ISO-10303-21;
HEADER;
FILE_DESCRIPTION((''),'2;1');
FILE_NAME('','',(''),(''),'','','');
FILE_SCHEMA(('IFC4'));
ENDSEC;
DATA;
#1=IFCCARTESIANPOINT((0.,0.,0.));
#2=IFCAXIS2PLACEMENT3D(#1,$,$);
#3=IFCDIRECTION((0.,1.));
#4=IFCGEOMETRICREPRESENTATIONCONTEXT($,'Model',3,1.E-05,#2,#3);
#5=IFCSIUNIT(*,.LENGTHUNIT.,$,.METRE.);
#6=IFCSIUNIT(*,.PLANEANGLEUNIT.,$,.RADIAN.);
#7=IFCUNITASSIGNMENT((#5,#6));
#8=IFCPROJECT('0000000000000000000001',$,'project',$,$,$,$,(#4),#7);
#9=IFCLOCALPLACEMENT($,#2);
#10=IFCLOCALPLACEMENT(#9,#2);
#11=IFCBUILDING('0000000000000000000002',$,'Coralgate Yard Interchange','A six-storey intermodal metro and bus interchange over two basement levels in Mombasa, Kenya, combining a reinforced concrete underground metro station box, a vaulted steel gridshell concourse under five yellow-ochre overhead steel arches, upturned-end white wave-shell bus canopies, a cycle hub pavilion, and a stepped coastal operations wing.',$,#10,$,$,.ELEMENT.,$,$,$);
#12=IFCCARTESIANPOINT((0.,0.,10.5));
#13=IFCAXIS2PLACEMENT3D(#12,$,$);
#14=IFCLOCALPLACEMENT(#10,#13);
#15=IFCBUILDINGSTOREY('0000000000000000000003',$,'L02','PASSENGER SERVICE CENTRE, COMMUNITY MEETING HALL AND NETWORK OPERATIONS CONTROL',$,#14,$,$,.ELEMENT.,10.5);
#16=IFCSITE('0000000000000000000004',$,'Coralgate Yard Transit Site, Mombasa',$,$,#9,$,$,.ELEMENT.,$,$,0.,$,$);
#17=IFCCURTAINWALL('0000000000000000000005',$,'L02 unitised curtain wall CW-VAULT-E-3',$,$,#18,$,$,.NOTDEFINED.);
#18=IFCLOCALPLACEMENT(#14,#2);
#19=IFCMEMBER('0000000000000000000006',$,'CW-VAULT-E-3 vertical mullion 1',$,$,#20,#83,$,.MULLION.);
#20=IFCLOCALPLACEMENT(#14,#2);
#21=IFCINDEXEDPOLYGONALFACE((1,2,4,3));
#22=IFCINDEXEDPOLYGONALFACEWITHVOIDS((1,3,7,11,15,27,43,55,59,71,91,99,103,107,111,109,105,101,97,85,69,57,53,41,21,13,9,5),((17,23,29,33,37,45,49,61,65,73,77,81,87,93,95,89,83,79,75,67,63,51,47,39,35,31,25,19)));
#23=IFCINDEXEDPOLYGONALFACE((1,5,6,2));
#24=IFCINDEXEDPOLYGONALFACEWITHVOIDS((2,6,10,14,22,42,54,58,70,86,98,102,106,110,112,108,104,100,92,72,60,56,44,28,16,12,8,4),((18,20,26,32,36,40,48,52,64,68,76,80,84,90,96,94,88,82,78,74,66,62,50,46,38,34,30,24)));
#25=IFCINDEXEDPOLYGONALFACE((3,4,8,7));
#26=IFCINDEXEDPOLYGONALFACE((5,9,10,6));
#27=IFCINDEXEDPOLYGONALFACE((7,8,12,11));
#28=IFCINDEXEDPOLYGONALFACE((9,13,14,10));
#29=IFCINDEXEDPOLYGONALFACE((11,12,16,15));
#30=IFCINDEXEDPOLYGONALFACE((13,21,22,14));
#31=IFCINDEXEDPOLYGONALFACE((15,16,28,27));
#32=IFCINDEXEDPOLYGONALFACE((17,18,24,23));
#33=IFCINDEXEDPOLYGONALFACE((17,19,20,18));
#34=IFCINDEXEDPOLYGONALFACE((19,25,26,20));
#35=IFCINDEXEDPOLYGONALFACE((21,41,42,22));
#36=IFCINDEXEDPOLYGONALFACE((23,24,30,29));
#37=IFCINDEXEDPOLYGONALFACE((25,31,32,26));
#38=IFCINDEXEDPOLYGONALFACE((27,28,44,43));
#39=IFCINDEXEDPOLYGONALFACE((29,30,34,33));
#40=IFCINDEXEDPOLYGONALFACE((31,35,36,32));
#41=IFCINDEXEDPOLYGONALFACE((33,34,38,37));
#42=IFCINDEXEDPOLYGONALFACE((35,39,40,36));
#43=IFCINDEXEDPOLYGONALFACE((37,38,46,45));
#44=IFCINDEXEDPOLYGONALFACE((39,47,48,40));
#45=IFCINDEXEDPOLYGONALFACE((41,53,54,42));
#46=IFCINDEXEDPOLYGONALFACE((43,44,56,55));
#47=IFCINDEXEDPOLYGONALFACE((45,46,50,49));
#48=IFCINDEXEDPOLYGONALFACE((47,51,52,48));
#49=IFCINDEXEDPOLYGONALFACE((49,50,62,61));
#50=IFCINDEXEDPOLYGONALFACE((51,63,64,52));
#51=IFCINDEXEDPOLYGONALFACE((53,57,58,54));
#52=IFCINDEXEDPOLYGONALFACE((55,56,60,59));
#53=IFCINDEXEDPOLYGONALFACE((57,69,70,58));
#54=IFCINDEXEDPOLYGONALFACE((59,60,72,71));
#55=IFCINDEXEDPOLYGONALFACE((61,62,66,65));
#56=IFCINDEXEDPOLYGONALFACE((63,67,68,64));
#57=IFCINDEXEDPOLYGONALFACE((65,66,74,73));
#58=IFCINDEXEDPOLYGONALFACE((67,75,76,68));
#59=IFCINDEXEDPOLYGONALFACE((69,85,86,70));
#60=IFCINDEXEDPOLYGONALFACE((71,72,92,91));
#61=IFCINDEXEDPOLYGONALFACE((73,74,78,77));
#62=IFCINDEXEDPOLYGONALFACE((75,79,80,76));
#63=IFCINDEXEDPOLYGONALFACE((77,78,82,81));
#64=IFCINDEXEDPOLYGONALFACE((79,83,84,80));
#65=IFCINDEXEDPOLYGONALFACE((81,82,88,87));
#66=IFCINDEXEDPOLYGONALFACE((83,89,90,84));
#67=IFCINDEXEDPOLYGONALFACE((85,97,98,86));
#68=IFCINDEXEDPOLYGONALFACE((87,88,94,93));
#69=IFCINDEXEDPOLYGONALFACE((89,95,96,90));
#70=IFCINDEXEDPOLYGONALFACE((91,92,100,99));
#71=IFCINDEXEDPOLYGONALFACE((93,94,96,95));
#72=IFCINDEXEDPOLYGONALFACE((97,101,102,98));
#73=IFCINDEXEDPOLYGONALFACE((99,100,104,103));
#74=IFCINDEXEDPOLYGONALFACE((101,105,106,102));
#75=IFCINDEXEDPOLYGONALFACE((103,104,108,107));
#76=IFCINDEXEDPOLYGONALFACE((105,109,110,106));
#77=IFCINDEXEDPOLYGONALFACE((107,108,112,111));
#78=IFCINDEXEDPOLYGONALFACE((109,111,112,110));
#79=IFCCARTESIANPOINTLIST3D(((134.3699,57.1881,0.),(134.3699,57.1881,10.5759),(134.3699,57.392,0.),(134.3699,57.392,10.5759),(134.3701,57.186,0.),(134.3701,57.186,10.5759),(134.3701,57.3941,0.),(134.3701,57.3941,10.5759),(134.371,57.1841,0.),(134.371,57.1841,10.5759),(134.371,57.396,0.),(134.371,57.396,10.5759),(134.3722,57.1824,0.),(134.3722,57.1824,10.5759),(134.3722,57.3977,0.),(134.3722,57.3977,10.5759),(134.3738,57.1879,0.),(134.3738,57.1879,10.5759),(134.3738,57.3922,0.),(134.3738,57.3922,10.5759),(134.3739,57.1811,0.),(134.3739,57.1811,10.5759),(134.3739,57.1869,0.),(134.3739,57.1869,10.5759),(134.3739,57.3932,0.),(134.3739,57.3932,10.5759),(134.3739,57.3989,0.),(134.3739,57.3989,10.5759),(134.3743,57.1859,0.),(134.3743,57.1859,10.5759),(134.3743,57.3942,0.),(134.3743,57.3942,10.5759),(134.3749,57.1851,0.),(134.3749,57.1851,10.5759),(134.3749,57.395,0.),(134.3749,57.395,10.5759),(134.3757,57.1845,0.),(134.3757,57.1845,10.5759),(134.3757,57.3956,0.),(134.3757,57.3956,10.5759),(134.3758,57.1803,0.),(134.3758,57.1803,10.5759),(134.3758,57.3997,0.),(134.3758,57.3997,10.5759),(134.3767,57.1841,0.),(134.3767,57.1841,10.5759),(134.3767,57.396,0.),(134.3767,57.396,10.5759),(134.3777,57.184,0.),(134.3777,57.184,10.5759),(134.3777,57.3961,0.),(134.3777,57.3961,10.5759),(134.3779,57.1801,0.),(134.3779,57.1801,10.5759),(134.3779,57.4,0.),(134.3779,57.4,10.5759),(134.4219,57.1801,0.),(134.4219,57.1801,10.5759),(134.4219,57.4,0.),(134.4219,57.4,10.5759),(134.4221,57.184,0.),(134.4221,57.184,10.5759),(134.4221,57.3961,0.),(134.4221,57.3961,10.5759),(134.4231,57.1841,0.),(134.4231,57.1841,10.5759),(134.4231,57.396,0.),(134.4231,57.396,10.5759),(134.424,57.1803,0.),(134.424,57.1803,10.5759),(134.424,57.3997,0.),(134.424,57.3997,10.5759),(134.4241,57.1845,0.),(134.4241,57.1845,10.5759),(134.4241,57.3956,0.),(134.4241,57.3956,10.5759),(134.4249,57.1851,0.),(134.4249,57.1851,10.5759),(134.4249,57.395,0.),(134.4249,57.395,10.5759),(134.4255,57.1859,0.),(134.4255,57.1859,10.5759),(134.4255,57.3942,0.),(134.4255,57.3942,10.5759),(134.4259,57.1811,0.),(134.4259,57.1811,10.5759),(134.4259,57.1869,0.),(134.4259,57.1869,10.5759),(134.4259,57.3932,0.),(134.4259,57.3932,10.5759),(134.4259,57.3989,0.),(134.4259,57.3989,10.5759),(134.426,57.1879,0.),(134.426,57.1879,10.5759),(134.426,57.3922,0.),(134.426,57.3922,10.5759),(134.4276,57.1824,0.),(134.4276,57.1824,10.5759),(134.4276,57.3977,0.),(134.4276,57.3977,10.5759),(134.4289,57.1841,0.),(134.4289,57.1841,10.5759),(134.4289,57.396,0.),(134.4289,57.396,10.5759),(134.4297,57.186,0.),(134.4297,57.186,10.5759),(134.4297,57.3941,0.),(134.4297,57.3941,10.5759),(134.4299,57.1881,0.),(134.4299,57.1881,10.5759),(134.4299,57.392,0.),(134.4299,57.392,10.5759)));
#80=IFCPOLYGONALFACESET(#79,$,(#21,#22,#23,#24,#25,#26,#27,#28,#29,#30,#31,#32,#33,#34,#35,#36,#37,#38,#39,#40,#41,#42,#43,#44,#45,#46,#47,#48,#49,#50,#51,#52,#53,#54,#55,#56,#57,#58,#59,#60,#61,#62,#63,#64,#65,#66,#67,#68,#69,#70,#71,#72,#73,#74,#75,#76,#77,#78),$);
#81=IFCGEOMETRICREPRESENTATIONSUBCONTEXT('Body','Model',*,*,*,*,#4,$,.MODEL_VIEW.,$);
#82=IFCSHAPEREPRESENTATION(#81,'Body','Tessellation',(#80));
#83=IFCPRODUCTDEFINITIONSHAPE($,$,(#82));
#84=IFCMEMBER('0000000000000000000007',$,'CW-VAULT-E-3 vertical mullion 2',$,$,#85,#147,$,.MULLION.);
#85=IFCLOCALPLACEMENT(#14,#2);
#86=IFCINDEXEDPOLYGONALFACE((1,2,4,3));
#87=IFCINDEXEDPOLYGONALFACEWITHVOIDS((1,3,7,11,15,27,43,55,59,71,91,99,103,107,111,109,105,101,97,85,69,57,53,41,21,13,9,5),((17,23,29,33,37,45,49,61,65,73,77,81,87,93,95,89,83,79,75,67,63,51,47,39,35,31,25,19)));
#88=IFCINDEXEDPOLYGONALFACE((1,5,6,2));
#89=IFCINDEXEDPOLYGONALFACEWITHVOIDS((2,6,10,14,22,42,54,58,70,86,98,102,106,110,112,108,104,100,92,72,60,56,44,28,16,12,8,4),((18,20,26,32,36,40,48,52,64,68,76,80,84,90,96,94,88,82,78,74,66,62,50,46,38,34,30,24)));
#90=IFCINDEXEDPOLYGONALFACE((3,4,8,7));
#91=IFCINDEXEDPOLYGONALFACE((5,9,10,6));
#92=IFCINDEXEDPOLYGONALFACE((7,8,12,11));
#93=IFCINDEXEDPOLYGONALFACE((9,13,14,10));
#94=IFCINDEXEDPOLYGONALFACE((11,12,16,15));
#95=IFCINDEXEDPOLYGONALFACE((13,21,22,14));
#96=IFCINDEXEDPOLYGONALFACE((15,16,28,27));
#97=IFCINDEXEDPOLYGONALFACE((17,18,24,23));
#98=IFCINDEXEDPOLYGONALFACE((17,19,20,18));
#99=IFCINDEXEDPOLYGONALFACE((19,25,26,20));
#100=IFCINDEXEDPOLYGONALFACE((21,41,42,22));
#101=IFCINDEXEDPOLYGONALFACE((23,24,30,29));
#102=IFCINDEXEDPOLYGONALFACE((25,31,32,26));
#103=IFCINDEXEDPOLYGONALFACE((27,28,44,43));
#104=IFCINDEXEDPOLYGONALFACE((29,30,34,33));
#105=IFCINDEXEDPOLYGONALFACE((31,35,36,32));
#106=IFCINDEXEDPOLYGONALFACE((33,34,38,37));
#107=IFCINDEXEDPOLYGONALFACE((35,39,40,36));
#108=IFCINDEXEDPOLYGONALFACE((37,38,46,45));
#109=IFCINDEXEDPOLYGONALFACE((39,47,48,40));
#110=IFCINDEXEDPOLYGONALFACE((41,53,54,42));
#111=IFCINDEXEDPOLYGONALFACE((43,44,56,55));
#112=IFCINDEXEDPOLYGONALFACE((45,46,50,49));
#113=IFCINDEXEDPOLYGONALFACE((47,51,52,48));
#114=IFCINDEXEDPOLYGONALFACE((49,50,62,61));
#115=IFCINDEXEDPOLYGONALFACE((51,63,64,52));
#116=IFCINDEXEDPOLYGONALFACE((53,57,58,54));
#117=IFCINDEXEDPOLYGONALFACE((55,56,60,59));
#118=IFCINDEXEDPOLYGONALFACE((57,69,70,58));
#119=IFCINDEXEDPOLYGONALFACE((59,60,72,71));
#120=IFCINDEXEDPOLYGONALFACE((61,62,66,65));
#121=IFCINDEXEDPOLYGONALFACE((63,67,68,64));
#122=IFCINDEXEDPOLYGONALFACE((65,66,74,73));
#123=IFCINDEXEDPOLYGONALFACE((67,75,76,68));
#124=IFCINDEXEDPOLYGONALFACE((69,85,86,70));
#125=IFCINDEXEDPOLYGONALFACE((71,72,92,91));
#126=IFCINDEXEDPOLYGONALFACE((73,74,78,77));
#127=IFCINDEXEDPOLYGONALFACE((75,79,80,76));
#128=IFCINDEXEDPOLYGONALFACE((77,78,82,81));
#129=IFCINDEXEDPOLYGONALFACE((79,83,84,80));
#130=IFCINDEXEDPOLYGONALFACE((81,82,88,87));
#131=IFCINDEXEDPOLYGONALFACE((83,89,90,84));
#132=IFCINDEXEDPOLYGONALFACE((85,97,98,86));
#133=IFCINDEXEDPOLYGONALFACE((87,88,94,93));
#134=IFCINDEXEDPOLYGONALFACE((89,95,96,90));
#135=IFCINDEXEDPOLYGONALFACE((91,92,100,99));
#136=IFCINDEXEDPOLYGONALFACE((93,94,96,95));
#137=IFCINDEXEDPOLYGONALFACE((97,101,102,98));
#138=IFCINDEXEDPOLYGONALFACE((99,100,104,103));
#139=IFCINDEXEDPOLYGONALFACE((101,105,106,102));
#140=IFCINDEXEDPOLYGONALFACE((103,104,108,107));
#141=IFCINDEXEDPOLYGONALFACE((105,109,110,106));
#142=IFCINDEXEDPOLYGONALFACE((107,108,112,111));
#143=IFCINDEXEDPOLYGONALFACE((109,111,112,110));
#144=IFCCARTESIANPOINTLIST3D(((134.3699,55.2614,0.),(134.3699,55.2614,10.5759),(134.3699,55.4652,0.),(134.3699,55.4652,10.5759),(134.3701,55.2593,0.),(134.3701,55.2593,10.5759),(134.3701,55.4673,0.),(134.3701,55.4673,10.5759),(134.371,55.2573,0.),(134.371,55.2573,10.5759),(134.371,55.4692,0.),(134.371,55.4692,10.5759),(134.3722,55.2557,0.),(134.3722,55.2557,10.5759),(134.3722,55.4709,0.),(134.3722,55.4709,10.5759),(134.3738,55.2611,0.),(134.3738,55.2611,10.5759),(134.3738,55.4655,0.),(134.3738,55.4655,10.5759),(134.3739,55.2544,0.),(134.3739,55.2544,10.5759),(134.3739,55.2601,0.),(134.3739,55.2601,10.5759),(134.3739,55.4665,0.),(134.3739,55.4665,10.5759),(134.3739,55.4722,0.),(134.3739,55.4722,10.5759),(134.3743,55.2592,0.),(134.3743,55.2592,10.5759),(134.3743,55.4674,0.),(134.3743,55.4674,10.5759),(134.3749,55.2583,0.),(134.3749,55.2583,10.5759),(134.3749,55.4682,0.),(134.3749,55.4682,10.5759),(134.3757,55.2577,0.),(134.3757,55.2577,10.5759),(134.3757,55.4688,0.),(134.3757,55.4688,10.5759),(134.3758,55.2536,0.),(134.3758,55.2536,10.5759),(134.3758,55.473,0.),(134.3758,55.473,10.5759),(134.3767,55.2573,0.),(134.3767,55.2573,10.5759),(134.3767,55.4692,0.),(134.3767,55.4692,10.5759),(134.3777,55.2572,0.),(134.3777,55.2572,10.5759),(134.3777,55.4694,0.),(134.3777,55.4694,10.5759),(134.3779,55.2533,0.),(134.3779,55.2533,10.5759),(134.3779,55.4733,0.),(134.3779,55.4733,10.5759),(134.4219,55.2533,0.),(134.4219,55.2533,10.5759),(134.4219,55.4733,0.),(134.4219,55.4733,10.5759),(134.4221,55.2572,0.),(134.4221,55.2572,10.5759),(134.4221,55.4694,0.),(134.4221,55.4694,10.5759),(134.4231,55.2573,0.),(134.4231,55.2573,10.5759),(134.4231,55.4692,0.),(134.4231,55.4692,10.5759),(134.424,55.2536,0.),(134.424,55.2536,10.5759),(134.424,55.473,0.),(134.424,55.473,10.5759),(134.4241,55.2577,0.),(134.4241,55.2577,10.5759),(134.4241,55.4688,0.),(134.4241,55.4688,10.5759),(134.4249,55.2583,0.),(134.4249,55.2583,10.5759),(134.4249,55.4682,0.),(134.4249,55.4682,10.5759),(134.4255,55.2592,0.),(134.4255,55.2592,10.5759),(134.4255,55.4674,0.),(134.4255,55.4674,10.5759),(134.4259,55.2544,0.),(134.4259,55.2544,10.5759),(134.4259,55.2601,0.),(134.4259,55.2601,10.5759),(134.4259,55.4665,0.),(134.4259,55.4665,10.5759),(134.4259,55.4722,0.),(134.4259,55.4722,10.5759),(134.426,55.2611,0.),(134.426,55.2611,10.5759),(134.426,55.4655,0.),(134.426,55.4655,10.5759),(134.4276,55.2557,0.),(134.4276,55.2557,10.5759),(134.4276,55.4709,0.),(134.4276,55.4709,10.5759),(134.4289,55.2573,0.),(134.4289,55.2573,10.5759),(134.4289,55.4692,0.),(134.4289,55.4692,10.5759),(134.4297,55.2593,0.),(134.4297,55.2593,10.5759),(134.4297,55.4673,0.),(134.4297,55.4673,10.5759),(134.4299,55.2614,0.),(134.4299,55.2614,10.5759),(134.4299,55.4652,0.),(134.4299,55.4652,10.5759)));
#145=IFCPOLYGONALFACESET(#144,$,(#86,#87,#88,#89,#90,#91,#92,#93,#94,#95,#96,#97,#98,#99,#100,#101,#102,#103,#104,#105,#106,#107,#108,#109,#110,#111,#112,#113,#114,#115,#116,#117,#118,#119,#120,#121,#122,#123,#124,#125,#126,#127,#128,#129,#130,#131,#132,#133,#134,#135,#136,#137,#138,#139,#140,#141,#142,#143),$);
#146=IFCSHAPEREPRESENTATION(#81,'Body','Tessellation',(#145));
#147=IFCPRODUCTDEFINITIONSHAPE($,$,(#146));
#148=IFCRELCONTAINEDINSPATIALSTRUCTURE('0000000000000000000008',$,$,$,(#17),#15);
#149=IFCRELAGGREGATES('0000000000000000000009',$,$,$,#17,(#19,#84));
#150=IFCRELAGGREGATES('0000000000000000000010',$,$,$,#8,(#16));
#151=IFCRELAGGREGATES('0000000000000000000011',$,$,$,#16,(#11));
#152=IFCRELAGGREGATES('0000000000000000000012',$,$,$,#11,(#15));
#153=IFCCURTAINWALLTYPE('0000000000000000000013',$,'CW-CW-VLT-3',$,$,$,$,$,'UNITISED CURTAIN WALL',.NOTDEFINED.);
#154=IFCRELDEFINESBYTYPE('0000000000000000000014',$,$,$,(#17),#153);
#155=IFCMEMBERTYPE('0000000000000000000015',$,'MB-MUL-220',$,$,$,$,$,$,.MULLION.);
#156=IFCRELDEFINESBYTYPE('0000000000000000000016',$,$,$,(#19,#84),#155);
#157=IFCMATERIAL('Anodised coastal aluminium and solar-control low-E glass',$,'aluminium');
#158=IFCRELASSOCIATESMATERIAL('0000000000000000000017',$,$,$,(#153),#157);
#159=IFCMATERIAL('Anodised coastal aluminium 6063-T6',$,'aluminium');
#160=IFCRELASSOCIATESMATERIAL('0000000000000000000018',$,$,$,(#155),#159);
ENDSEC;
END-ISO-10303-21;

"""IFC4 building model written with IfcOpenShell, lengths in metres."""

from ifc_helpers import new_model, si_unit, direction, frame, origin, origin_2d, place, context, subcontext, project, spatial, hollow_rectangle, extrude, material, material_profile, profile_set, type_object, element, aggregate, save


model = new_model("IFC4")

# Units and contexts
model_context = context("Model", 3, precision=1e-05, world=origin(), true_north=direction((0.0, 1.0)))
body_context = subcontext(model_context, "Body", "Model", "MODEL_VIEW")
ifc_project = project(units=[si_unit("LENGTHUNIT", "METRE"), si_unit("PLANEANGLEUNIT", "RADIAN")], contexts=[model_context])

# Site, building, storey
site_placement = place(None, origin())
site = spatial("IfcSite", under=ifc_project, at=site_placement, Name="Coralgate Yard Transit Site, Mombasa", CompositionType="ELEMENT", RefElevation=0.0)
building_placement = place(site_placement, origin())
building = spatial("IfcBuilding", under=site, at=building_placement, Name="Coralgate Yard Interchange", Description="A six-storey intermodal metro and bus interchange over two basement levels in Mombasa, Kenya, combining a reinforced concrete underground metro station box, a vaulted steel gridshell concourse under five yellow-ochre overhead steel arches, upturned-end white wave-shell bus canopies, a cycle hub pavilion, and a stepped coastal operations wing.", CompositionType="ELEMENT")
storey_placement = place(building_placement, frame((0.0, 0.0, 10.5)))
storey = spatial("IfcBuildingStorey", under=building, at=storey_placement, Name="L02", Description="PASSENGER SERVICE CENTRE, COMMUNITY MEETING HALL AND NETWORK OPERATIONS CONTROL", CompositionType="ELEMENT", Elevation=10.5)

# Curtain wall, members
ifc_material_1 = material(Name="Anodised coastal aluminium and solar-control low-E glass", Category="aluminium")
curtain_wall_type_1 = type_object("IfcCurtainWallType", Name="CW-CW-VLT-3", ElementType="UNITISED CURTAIN WALL", PredefinedType="NOTDEFINED", material=ifc_material_1)
curtain_wall_1_placement = place(storey_placement, origin())
curtain_wall_1 = element("IfcCurtainWall", 1, at=curtain_wall_1_placement, inside=storey, type_object=curtain_wall_type_1, Name="L02 unitised curtain wall CW-VAULT-E-3", PredefinedType="NOTDEFINED")
ifc_material_2 = material(Name="Anodised coastal aluminium 6063-T6", Category="aluminium")
ifc_material_profile_1 = material_profile(ifc_material_2, hollow_rectangle(XDim=0.0601, YDim=0.22, WallThickness=0.0039, InnerFilletRadius=0.0039, OuterFilletRadius=0.0081, at=origin_2d()), Name="ALU 60x220x4")
ifc_profile_set_1 = profile_set([ifc_material_profile_1], Name="Anodised coastal aluminium 6063-T6")
member_type_1 = type_object("IfcMemberType", Name="MB-MUL-220", PredefinedType="MULLION", material=ifc_profile_set_1)
member_1_placement = place(storey_placement, frame((134.3999, 57.29, 0.0), z_axis=(0.0, 0.0, 1.0), x_axis=(1.0, 0.0, 0.0)))
member_1 = element("IfcMember", 2, at=member_1_placement, type_object=member_type_1, Name="CW-VAULT-E-3 vertical mullion 1", PredefinedType="MULLION", context=body_context, shape_type="SweptSolid", body=[
    extrude(hollow_rectangle(XDim=0.0601, YDim=0.22, WallThickness=0.0039, InnerFilletRadius=0.0039, OuterFilletRadius=0.0081, at=origin_2d()), origin(), (0.0, 0.0, 1.0), 10.5759),
])
member_2_placement = place(storey_placement, frame((134.3999, 55.3633, 0.0), z_axis=(0.0, 0.0, 1.0), x_axis=(1.0, 0.0, 0.0)))
member_2 = element("IfcMember", 3, at=member_2_placement, type_object=member_type_1, Name="CW-VAULT-E-3 vertical mullion 2", PredefinedType="MULLION", context=body_context, shape_type="SweptSolid", body=[
    extrude(hollow_rectangle(XDim=0.0601, YDim=0.22, WallThickness=0.0039, InnerFilletRadius=0.0039, OuterFilletRadius=0.0081, at=origin_2d()), origin(), (0.0, 0.0, 1.0), 10.5759),
])

aggregate(curtain_wall_1, [member_1, member_2])

save(model, "model.ifc")
